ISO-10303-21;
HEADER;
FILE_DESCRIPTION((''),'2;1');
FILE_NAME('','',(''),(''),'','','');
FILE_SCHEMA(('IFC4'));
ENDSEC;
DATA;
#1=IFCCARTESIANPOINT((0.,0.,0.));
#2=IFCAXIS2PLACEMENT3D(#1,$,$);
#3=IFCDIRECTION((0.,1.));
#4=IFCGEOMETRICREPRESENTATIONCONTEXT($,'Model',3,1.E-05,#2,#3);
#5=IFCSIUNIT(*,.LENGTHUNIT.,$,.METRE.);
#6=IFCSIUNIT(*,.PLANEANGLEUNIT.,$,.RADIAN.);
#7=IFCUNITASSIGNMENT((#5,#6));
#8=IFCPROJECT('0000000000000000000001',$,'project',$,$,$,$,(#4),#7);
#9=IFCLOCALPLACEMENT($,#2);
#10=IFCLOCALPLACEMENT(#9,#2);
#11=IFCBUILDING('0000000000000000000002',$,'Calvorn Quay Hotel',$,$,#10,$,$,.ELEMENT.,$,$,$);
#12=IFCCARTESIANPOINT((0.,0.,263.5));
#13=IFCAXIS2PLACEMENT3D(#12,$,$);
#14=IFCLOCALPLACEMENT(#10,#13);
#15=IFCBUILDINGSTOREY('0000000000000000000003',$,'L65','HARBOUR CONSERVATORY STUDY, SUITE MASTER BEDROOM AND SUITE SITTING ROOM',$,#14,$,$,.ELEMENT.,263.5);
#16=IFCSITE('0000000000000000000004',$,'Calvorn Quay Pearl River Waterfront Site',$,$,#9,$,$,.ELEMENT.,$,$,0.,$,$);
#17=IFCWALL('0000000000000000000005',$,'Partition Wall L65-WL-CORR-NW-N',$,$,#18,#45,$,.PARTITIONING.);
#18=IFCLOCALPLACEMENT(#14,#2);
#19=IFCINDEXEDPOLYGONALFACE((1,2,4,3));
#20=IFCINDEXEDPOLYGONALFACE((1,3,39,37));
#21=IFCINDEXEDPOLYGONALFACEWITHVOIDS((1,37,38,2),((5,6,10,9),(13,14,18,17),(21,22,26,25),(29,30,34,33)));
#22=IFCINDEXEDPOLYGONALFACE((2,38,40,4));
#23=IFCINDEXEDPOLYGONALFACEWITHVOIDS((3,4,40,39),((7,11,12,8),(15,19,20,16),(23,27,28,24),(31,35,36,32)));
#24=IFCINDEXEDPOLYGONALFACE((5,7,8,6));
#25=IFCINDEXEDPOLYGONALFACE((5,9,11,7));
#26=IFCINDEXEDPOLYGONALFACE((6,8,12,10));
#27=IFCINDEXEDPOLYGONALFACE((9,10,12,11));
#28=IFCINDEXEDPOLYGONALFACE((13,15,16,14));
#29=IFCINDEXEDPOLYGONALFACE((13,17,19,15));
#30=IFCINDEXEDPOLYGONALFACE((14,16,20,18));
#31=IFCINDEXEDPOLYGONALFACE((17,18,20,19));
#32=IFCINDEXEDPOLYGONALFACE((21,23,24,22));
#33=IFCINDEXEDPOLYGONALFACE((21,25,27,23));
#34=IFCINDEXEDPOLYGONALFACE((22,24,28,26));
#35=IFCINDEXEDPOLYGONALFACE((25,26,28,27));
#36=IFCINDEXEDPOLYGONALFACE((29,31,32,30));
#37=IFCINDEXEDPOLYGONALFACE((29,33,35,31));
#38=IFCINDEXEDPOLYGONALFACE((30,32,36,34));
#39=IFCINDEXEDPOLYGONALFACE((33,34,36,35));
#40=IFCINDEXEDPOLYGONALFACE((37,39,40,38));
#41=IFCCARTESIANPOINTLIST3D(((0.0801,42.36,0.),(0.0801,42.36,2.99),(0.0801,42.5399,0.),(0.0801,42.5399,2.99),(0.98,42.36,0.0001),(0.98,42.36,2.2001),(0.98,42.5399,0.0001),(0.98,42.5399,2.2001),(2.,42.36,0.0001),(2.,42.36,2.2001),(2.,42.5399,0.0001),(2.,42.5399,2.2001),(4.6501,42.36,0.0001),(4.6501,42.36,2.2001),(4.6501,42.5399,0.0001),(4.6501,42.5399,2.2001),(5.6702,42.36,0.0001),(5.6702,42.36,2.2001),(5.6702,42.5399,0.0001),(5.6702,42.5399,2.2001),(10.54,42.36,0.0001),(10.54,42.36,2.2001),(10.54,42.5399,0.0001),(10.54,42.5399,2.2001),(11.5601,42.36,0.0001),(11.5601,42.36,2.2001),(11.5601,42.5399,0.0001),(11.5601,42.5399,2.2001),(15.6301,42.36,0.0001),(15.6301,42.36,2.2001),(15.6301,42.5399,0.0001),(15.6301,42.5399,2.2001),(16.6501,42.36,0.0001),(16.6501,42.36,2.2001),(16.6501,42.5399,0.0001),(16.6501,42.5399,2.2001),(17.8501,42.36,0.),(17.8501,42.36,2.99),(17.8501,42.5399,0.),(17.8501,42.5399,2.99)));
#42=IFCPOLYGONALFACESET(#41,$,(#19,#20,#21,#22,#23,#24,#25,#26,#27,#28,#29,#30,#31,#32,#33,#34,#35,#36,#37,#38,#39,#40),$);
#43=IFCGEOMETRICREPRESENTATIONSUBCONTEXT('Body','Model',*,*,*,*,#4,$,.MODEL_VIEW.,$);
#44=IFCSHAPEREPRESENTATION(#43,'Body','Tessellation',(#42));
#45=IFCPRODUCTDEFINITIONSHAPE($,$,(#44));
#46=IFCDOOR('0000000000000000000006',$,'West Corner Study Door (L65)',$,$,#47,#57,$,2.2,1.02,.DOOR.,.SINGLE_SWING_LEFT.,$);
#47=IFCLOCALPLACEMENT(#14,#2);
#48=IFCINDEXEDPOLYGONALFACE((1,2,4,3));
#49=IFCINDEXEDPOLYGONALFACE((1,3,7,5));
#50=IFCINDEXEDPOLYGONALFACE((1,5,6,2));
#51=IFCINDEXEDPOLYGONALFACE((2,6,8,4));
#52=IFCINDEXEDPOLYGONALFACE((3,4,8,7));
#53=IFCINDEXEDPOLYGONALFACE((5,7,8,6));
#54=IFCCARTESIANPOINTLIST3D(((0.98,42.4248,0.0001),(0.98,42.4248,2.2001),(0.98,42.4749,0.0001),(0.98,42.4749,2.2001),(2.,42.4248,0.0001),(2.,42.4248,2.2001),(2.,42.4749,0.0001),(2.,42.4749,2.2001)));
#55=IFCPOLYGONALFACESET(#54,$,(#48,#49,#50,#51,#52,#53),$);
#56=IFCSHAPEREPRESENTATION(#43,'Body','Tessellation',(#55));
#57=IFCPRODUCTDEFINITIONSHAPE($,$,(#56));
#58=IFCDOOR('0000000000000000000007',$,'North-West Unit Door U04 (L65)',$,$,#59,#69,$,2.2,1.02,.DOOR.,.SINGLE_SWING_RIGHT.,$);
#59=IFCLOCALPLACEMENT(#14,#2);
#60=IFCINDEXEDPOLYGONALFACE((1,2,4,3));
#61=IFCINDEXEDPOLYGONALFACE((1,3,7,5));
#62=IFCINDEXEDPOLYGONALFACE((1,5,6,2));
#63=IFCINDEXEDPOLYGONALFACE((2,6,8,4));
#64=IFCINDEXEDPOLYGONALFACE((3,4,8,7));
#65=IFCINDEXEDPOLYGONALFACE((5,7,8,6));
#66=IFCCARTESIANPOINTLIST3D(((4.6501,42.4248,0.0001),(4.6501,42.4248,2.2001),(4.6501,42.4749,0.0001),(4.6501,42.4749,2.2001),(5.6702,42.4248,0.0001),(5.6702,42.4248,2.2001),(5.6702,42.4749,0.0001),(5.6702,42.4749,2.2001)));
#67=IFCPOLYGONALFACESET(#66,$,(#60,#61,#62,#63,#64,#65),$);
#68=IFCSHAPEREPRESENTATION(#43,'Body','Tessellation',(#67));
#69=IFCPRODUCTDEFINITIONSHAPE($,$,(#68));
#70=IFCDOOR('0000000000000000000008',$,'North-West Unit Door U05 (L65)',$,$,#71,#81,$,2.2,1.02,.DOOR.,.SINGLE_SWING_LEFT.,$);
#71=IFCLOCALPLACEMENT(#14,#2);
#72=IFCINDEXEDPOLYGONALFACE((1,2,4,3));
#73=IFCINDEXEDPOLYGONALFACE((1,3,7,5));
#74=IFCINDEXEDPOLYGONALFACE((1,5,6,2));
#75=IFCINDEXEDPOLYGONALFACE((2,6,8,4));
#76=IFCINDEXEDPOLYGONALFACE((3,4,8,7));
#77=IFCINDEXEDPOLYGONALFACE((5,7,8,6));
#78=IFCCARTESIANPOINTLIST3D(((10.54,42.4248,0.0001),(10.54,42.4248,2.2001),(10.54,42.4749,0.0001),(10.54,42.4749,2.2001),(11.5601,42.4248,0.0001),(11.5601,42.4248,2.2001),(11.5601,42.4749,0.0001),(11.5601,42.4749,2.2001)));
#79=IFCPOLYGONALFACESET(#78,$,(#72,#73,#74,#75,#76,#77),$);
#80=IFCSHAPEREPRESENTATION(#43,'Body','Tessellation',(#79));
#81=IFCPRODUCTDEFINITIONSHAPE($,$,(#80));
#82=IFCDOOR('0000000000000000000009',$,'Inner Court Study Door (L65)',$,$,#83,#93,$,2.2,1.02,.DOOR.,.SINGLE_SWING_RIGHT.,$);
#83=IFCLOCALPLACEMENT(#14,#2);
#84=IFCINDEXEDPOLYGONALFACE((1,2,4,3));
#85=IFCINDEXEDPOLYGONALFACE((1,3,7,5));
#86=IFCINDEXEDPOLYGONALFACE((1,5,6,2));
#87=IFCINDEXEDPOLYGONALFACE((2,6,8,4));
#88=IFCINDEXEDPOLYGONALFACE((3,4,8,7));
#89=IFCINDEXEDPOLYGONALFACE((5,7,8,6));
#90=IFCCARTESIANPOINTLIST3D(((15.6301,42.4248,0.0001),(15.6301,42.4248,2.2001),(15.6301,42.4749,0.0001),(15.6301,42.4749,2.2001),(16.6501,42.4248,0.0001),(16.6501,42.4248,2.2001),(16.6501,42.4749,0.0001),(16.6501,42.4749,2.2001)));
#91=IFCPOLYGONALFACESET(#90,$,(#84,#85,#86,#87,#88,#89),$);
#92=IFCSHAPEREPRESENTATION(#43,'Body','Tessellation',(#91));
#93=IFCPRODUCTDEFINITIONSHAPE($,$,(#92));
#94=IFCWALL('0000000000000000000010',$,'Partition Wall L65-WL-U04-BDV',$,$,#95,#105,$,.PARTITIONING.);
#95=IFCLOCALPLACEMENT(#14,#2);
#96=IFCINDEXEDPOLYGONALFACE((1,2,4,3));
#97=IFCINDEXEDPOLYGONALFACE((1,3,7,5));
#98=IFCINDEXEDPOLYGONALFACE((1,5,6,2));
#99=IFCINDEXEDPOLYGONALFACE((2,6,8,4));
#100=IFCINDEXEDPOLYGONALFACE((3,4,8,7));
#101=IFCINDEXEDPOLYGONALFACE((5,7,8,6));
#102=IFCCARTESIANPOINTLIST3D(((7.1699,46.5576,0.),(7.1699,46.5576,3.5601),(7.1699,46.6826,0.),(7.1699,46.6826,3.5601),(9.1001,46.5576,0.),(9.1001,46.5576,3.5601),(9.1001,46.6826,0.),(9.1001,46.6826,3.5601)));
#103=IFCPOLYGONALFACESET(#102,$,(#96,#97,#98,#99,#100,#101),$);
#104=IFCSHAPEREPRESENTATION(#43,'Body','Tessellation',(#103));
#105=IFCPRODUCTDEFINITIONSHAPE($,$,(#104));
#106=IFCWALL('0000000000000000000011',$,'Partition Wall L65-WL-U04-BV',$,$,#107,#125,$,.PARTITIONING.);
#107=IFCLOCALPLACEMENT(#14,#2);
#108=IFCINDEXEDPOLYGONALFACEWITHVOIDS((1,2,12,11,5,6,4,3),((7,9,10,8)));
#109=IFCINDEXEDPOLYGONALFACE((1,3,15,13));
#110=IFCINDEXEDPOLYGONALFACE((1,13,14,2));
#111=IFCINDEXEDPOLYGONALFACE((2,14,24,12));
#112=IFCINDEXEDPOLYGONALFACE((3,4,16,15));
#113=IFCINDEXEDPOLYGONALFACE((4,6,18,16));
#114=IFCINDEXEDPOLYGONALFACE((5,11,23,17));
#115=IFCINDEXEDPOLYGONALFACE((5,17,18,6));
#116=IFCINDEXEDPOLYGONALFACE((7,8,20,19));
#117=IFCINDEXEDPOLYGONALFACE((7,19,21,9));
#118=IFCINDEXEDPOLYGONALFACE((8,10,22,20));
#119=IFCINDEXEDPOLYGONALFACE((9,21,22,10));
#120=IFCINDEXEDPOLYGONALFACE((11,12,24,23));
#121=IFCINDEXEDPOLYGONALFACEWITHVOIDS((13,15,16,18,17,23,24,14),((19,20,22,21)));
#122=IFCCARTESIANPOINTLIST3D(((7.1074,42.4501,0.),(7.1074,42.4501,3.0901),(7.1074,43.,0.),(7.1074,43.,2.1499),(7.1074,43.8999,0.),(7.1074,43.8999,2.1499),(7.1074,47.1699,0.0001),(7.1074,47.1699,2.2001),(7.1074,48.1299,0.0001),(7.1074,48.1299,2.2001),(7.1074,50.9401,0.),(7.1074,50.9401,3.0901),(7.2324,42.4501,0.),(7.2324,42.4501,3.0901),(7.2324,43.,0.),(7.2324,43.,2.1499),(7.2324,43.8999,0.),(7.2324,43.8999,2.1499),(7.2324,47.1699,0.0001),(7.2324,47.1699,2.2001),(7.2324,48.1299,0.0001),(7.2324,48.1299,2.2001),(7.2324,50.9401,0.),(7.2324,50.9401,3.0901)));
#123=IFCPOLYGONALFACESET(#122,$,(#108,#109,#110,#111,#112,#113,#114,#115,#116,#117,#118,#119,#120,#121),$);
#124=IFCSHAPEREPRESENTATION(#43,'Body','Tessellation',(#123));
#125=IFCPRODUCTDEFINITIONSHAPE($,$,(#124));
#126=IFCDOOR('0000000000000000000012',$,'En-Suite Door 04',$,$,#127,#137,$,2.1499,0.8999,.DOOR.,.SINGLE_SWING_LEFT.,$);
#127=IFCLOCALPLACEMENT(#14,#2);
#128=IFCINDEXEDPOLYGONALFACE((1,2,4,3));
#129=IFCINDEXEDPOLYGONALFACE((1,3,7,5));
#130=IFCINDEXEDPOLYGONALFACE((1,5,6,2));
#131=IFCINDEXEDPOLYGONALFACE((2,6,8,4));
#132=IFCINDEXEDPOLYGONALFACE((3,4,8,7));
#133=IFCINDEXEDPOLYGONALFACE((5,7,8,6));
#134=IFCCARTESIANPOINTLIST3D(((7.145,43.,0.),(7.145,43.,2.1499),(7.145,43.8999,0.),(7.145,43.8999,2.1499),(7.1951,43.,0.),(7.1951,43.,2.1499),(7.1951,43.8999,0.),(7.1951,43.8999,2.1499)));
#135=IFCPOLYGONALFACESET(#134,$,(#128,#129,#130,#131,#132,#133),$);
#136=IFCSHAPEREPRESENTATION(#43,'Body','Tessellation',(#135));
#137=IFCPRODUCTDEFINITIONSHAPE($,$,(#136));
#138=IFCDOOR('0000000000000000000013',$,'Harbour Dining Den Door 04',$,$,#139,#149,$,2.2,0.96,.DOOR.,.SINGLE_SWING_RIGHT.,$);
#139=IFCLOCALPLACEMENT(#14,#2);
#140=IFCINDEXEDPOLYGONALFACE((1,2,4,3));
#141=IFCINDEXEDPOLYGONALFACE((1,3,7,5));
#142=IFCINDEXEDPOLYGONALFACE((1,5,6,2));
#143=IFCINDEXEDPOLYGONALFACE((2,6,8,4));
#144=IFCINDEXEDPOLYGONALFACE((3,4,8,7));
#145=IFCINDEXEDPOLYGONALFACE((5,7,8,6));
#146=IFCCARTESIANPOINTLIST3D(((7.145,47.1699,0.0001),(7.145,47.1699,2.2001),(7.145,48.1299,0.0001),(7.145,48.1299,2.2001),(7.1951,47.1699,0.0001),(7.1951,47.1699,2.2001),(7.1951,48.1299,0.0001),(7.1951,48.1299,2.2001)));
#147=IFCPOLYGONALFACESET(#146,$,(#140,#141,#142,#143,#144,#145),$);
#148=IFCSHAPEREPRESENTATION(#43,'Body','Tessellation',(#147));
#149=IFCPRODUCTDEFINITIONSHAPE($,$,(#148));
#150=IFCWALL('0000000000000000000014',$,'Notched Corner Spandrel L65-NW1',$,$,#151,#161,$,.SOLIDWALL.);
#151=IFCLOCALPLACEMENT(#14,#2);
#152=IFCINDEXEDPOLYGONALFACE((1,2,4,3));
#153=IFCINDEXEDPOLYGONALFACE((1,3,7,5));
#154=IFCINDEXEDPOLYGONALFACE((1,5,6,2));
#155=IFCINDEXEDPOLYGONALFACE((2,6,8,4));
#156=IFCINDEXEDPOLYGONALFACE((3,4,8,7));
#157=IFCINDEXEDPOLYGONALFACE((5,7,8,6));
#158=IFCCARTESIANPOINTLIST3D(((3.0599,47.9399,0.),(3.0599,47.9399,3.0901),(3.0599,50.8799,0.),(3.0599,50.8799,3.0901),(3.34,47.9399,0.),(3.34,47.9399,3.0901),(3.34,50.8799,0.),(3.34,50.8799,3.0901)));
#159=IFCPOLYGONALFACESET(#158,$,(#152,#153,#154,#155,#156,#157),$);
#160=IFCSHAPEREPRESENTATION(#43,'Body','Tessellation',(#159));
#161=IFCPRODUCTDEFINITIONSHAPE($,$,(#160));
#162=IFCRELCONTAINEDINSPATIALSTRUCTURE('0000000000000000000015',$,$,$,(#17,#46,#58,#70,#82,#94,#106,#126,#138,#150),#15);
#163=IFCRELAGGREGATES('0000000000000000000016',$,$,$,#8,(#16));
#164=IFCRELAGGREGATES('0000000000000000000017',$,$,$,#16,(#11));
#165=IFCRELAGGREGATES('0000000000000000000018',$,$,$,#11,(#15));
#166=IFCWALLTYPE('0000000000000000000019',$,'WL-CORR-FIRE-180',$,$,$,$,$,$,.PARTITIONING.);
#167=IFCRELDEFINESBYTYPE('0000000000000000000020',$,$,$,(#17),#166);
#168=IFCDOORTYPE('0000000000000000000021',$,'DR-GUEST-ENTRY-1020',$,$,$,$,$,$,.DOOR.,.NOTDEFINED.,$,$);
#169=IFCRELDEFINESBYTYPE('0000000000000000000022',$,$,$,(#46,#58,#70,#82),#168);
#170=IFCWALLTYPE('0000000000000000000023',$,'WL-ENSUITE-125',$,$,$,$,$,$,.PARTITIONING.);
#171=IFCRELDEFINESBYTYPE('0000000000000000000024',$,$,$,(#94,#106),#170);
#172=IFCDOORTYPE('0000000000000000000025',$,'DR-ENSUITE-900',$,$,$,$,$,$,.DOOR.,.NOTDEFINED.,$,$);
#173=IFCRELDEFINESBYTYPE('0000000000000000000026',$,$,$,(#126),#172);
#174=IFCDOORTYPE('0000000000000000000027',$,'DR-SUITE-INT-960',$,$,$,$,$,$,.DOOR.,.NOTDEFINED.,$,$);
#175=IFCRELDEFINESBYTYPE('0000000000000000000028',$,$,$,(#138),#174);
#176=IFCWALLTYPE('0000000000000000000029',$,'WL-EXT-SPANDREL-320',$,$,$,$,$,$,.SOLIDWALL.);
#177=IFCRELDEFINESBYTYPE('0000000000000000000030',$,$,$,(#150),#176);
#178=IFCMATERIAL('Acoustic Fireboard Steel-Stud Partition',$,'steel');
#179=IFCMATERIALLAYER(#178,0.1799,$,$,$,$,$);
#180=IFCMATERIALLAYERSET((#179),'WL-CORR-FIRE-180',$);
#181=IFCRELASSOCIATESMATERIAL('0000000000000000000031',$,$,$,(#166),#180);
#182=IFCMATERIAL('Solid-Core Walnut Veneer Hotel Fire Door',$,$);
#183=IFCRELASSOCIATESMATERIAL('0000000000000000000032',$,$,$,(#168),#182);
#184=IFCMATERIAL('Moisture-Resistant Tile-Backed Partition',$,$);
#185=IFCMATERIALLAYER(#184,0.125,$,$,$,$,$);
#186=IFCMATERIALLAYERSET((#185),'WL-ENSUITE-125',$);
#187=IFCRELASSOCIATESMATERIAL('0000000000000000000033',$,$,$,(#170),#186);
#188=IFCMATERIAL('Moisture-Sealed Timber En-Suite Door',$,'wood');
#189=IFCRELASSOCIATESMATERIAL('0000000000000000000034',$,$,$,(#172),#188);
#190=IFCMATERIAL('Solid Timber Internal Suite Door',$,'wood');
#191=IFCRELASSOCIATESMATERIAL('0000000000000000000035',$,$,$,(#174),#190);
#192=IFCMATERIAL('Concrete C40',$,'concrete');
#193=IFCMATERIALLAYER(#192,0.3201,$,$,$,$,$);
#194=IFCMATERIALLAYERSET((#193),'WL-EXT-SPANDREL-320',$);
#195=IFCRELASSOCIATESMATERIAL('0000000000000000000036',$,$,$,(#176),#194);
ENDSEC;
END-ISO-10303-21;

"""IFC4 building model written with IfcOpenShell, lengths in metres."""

from ifc_helpers import new_model, si_unit, direction, frame, frame_2d, origin, place, context, subcontext, project, spatial, rectangle, extrude, material, layer, layer_set, type_object, element, fill, save


model = new_model("IFC4")

# Units and contexts
model_context = context("Model", 3, precision=1e-05, world=origin(), true_north=direction((0.0, 1.0)))
body_context = subcontext(model_context, "Body", "Model", "MODEL_VIEW")
ifc_project = project(units=[si_unit("LENGTHUNIT", "METRE"), si_unit("PLANEANGLEUNIT", "RADIAN")], contexts=[model_context])

# Site, building, storey
site_placement = place(None, origin())
site = spatial("IfcSite", under=ifc_project, at=site_placement, Name="Calvorn Quay Pearl River Waterfront Site", CompositionType="ELEMENT", RefElevation=0.0)
building_placement = place(site_placement, origin())
building = spatial("IfcBuilding", under=site, at=building_placement, Name="Calvorn Quay Hotel", CompositionType="ELEMENT")
storey_placement = place(building_placement, frame((0.0, 0.0, 263.5)))
storey = spatial("IfcBuildingStorey", under=building, at=storey_placement, Name="L65", Description="HARBOUR CONSERVATORY STUDY, SUITE MASTER BEDROOM AND SUITE SITTING ROOM", CompositionType="ELEMENT", Elevation=263.5)

# Wall, openings, doors
ifc_material_1 = material(Name="Acoustic Fireboard Steel-Stud Partition", Category="steel")
ifc_layer_1 = layer(ifc_material_1, 0.1799)
ifc_layer_set_1 = layer_set([ifc_layer_1], Name="WL-CORR-FIRE-180")
wall_type_1 = type_object("IfcWallType", Name="WL-CORR-FIRE-180", PredefinedType="PARTITIONING", material=ifc_layer_set_1)
wall_1_placement = place(storey_placement, frame((0.0801, 42.45, 0.0), z_axis=(0.0, 0.0, 1.0), x_axis=(1.0, 0.0, 0.0)))
wall_1 = element("IfcWall", 1, at=wall_1_placement, inside=storey, type_object=wall_type_1, Name="Partition Wall L65-WL-CORR-NW-N", PredefinedType="PARTITIONING", context=body_context, shape_type="SweptSolid", body=[
    extrude(rectangle(XDim=17.77, YDim=0.1799, at=frame_2d((8.885, 0.0))), origin(), (0.0, 0.0, 1.0), 2.99),
])
opening_1_placement = place(wall_1_placement, frame((0.8999, 0.0, 0.0)))
opening_1 = element("IfcOpeningElement", 2, at=opening_1_placement, cuts=wall_1, PredefinedType="OPENING", context=body_context, shape_type="SweptSolid", body=[
    extrude(rectangle(XDim=1.02, YDim=2.2, at=frame_2d((0.51, 1.1001))), frame((0.0, 0.0999, 0.0), z_axis=(0.0, -1.0, 0.0), x_axis=(1.0, 0.0, 0.0)), (0.0, 0.0, 1.0), 0.2),
])
opening_2_placement = place(wall_1_placement, frame((4.5701, 0.0, 0.0)))
opening_2 = element("IfcOpeningElement", 3, at=opening_2_placement, cuts=wall_1, PredefinedType="OPENING", context=body_context, shape_type="SweptSolid", body=[
    extrude(rectangle(XDim=1.02, YDim=2.2, at=frame_2d((0.51, 1.1001))), frame((0.0, 0.0999, 0.0), z_axis=(0.0, -1.0, 0.0), x_axis=(1.0, 0.0, 0.0)), (0.0, 0.0, 1.0), 0.2),
])
opening_3_placement = place(wall_1_placement, frame((10.46, 0.0, 0.0)))
opening_3 = element("IfcOpeningElement", 4, at=opening_3_placement, cuts=wall_1, PredefinedType="OPENING", context=body_context, shape_type="SweptSolid", body=[
    extrude(rectangle(XDim=1.02, YDim=2.2, at=frame_2d((0.51, 1.1001))), frame((0.0, 0.0999, 0.0), z_axis=(0.0, -1.0, 0.0), x_axis=(1.0, 0.0, 0.0)), (0.0, 0.0, 1.0), 0.2),
])
opening_4_placement = place(wall_1_placement, frame((15.55, 0.0, 0.0)))
opening_4 = element("IfcOpeningElement", 5, at=opening_4_placement, cuts=wall_1, PredefinedType="OPENING", context=body_context, shape_type="SweptSolid", body=[
    extrude(rectangle(XDim=1.02, YDim=2.2, at=frame_2d((0.51, 1.1001))), frame((0.0, 0.0999, 0.0), z_axis=(0.0, -1.0, 0.0), x_axis=(1.0, 0.0, 0.0)), (0.0, 0.0, 1.0), 0.2),
])
ifc_material_2 = material(Name="Solid-Core Walnut Veneer Hotel Fire Door")
door_type_1 = type_object("IfcDoorType", Name="DR-GUEST-ENTRY-1020", OperationType="NOTDEFINED", PredefinedType="DOOR", material=ifc_material_2)
door_1_placement = place(opening_1_placement, origin())
door_1 = element("IfcDoor", 6, at=door_1_placement, inside=storey, type_object=door_type_1, Name="West Corner Study Door (L65)", OperationType="SINGLE_SWING_LEFT", OverallHeight=2.2, OverallWidth=1.02, PredefinedType="DOOR", context=body_context, shape_type="SweptSolid", body=[
    extrude(rectangle(XDim=1.02, YDim=2.2, at=frame_2d((0.51, 1.1001))), frame((0.0, 0.0249, 0.0), z_axis=(0.0, -1.0, 0.0), x_axis=(1.0, 0.0, 0.0)), (0.0, 0.0, 1.0), 0.05),
])
fill(opening_1, door_1)
door_2_placement = place(opening_2_placement, origin())
door_2 = element("IfcDoor", 7, at=door_2_placement, inside=storey, type_object=door_type_1, Name="North-West Unit Door U04 (L65)", OperationType="SINGLE_SWING_RIGHT", OverallHeight=2.2, OverallWidth=1.02, PredefinedType="DOOR", context=body_context, shape_type="SweptSolid", body=[
    extrude(rectangle(XDim=1.02, YDim=2.2, at=frame_2d((0.51, 1.1001))), frame((0.0, 0.0249, 0.0), z_axis=(0.0, -1.0, 0.0), x_axis=(1.0, 0.0, 0.0)), (0.0, 0.0, 1.0), 0.05),
])
fill(opening_2, door_2)
door_3_placement = place(opening_3_placement, origin())
door_3 = element("IfcDoor", 8, at=door_3_placement, inside=storey, type_object=door_type_1, Name="North-West Unit Door U05 (L65)", OperationType="SINGLE_SWING_LEFT", OverallHeight=2.2, OverallWidth=1.02, PredefinedType="DOOR", context=body_context, shape_type="SweptSolid", body=[
    extrude(rectangle(XDim=1.02, YDim=2.2, at=frame_2d((0.51, 1.1001))), frame((0.0, 0.0249, 0.0), z_axis=(0.0, -1.0, 0.0), x_axis=(1.0, 0.0, 0.0)), (0.0, 0.0, 1.0), 0.05),
])
fill(opening_3, door_3)
door_4_placement = place(opening_4_placement, origin())
door_4 = element("IfcDoor", 9, at=door_4_placement, inside=storey, type_object=door_type_1, Name="Inner Court Study Door (L65)", OperationType="SINGLE_SWING_RIGHT", OverallHeight=2.2, OverallWidth=1.02, PredefinedType="DOOR", context=body_context, shape_type="SweptSolid", body=[
    extrude(rectangle(XDim=1.02, YDim=2.2, at=frame_2d((0.51, 1.1001))), frame((0.0, 0.0249, 0.0), z_axis=(0.0, -1.0, 0.0), x_axis=(1.0, 0.0, 0.0)), (0.0, 0.0, 1.0), 0.05),
])
fill(opening_4, door_4)

# Wall
ifc_material_3 = material(Name="Moisture-Resistant Tile-Backed Partition")
ifc_layer_2 = layer(ifc_material_3, 0.125)
ifc_layer_set_2 = layer_set([ifc_layer_2], Name="WL-ENSUITE-125")
wall_type_2 = type_object("IfcWallType", Name="WL-ENSUITE-125", PredefinedType="PARTITIONING", material=ifc_layer_set_2)
wall_2_placement = place(storey_placement, frame((7.1699, 46.6201, 0.0), z_axis=(0.0, 0.0, 1.0), x_axis=(1.0, 0.0, 0.0)))
element("IfcWall", 10, at=wall_2_placement, inside=storey, type_object=wall_type_2, Name="Partition Wall L65-WL-U04-BDV", PredefinedType="PARTITIONING", context=body_context, shape_type="SweptSolid", body=[
    extrude(rectangle(XDim=1.9302, YDim=0.125, at=frame_2d((0.9651, 0.0))), origin(), (0.0, 0.0, 1.0), 3.5601),
])

# Wall, openings, doors
wall_3_placement = place(storey_placement, frame((7.1699, 42.45, 0.0), z_axis=(0.0, 0.0, 1.0), x_axis=(0.0, 1.0, 0.0)))
wall_3 = element("IfcWall", 11, at=wall_3_placement, inside=storey, type_object=wall_type_2, Name="Partition Wall L65-WL-U04-BV", PredefinedType="PARTITIONING", context=body_context, shape_type="SweptSolid", body=[
    extrude(rectangle(XDim=8.49, YDim=0.125, at=frame_2d((4.2451, 0.0))), origin(), (0.0, 0.0, 1.0), 3.0901),
])
opening_5_placement = place(wall_3_placement, frame((0.55, 0.0, 0.0)))
opening_5 = element("IfcOpeningElement", 12, at=opening_5_placement, cuts=wall_3, PredefinedType="OPENING", context=body_context, shape_type="SweptSolid", body=[
    extrude(rectangle(XDim=0.8999, YDim=2.1499, at=frame_2d((0.45, 1.075))), frame((0.0, 0.0725, 0.0), z_axis=(0.0, -1.0, 0.0), x_axis=(1.0, 0.0, 0.0)), (0.0, 0.0, 1.0), 0.145),
])
opening_6_placement = place(wall_3_placement, frame((4.72, 0.0, 0.0)))
opening_6 = element("IfcOpeningElement", 13, at=opening_6_placement, cuts=wall_3, PredefinedType="OPENING", context=body_context, shape_type="SweptSolid", body=[
    extrude(rectangle(XDim=0.96, YDim=2.2, at=frame_2d((0.48, 1.1001))), frame((0.0, 0.0725, 0.0), z_axis=(0.0, -1.0, 0.0), x_axis=(1.0, 0.0, 0.0)), (0.0, 0.0, 1.0), 0.145),
])
ifc_material_4 = material(Name="Moisture-Sealed Timber En-Suite Door", Category="wood")
door_type_2 = type_object("IfcDoorType", Name="DR-ENSUITE-900", OperationType="NOTDEFINED", PredefinedType="DOOR", material=ifc_material_4)
door_5_placement = place(opening_5_placement, origin())
door_5 = element("IfcDoor", 14, at=door_5_placement, inside=storey, type_object=door_type_2, Name="En-Suite Door 04", OperationType="SINGLE_SWING_LEFT", OverallHeight=2.1499, OverallWidth=0.8999, PredefinedType="DOOR", context=body_context, shape_type="SweptSolid", body=[
    extrude(rectangle(XDim=0.8999, YDim=2.1499, at=frame_2d((0.45, 1.075))), frame((0.0, 0.0249, 0.0), z_axis=(0.0, -1.0, 0.0), x_axis=(1.0, 0.0, 0.0)), (0.0, 0.0, 1.0), 0.05),
])
fill(opening_5, door_5)
ifc_material_5 = material(Name="Solid Timber Internal Suite Door", Category="wood")
door_type_3 = type_object("IfcDoorType", Name="DR-SUITE-INT-960", OperationType="NOTDEFINED", PredefinedType="DOOR", material=ifc_material_5)
door_6_placement = place(opening_6_placement, origin())
door_6 = element("IfcDoor", 15, at=door_6_placement, inside=storey, type_object=door_type_3, Name="Harbour Dining Den Door 04", OperationType="SINGLE_SWING_RIGHT", OverallHeight=2.2, OverallWidth=0.96, PredefinedType="DOOR", context=body_context, shape_type="SweptSolid", body=[
    extrude(rectangle(XDim=0.96, YDim=2.2, at=frame_2d((0.48, 1.1001))), frame((0.0, 0.0249, 0.0), z_axis=(0.0, -1.0, 0.0), x_axis=(1.0, 0.0, 0.0)), (0.0, 0.0, 1.0), 0.05),
])
fill(opening_6, door_6)

# Wall
ifc_material_6 = material(Name="Concrete C40", Category="concrete")
ifc_layer_3 = layer(ifc_material_6, 0.3201)
ifc_layer_set_3 = layer_set([ifc_layer_3], Name="WL-EXT-SPANDREL-320")
wall_type_3 = type_object("IfcWallType", Name="WL-EXT-SPANDREL-320", PredefinedType="SOLIDWALL", material=ifc_layer_set_3)
wall_4_placement = place(storey_placement, frame((3.2, 50.8799, 0.0), z_axis=(0.0, 0.0, 1.0), x_axis=(0.0, -1.0, 0.0)))
element("IfcWall", 16, at=wall_4_placement, inside=storey, type_object=wall_type_3, Name="Notched Corner Spandrel L65-NW1", PredefinedType="SOLIDWALL", context=body_context, shape_type="SweptSolid", body=[
    extrude(rectangle(XDim=2.9399, YDim=0.28, at=frame_2d((1.47, 0.0))), origin(), (0.0, 0.0, 1.0), 3.0901),
])

save(model, "model.ifc")
